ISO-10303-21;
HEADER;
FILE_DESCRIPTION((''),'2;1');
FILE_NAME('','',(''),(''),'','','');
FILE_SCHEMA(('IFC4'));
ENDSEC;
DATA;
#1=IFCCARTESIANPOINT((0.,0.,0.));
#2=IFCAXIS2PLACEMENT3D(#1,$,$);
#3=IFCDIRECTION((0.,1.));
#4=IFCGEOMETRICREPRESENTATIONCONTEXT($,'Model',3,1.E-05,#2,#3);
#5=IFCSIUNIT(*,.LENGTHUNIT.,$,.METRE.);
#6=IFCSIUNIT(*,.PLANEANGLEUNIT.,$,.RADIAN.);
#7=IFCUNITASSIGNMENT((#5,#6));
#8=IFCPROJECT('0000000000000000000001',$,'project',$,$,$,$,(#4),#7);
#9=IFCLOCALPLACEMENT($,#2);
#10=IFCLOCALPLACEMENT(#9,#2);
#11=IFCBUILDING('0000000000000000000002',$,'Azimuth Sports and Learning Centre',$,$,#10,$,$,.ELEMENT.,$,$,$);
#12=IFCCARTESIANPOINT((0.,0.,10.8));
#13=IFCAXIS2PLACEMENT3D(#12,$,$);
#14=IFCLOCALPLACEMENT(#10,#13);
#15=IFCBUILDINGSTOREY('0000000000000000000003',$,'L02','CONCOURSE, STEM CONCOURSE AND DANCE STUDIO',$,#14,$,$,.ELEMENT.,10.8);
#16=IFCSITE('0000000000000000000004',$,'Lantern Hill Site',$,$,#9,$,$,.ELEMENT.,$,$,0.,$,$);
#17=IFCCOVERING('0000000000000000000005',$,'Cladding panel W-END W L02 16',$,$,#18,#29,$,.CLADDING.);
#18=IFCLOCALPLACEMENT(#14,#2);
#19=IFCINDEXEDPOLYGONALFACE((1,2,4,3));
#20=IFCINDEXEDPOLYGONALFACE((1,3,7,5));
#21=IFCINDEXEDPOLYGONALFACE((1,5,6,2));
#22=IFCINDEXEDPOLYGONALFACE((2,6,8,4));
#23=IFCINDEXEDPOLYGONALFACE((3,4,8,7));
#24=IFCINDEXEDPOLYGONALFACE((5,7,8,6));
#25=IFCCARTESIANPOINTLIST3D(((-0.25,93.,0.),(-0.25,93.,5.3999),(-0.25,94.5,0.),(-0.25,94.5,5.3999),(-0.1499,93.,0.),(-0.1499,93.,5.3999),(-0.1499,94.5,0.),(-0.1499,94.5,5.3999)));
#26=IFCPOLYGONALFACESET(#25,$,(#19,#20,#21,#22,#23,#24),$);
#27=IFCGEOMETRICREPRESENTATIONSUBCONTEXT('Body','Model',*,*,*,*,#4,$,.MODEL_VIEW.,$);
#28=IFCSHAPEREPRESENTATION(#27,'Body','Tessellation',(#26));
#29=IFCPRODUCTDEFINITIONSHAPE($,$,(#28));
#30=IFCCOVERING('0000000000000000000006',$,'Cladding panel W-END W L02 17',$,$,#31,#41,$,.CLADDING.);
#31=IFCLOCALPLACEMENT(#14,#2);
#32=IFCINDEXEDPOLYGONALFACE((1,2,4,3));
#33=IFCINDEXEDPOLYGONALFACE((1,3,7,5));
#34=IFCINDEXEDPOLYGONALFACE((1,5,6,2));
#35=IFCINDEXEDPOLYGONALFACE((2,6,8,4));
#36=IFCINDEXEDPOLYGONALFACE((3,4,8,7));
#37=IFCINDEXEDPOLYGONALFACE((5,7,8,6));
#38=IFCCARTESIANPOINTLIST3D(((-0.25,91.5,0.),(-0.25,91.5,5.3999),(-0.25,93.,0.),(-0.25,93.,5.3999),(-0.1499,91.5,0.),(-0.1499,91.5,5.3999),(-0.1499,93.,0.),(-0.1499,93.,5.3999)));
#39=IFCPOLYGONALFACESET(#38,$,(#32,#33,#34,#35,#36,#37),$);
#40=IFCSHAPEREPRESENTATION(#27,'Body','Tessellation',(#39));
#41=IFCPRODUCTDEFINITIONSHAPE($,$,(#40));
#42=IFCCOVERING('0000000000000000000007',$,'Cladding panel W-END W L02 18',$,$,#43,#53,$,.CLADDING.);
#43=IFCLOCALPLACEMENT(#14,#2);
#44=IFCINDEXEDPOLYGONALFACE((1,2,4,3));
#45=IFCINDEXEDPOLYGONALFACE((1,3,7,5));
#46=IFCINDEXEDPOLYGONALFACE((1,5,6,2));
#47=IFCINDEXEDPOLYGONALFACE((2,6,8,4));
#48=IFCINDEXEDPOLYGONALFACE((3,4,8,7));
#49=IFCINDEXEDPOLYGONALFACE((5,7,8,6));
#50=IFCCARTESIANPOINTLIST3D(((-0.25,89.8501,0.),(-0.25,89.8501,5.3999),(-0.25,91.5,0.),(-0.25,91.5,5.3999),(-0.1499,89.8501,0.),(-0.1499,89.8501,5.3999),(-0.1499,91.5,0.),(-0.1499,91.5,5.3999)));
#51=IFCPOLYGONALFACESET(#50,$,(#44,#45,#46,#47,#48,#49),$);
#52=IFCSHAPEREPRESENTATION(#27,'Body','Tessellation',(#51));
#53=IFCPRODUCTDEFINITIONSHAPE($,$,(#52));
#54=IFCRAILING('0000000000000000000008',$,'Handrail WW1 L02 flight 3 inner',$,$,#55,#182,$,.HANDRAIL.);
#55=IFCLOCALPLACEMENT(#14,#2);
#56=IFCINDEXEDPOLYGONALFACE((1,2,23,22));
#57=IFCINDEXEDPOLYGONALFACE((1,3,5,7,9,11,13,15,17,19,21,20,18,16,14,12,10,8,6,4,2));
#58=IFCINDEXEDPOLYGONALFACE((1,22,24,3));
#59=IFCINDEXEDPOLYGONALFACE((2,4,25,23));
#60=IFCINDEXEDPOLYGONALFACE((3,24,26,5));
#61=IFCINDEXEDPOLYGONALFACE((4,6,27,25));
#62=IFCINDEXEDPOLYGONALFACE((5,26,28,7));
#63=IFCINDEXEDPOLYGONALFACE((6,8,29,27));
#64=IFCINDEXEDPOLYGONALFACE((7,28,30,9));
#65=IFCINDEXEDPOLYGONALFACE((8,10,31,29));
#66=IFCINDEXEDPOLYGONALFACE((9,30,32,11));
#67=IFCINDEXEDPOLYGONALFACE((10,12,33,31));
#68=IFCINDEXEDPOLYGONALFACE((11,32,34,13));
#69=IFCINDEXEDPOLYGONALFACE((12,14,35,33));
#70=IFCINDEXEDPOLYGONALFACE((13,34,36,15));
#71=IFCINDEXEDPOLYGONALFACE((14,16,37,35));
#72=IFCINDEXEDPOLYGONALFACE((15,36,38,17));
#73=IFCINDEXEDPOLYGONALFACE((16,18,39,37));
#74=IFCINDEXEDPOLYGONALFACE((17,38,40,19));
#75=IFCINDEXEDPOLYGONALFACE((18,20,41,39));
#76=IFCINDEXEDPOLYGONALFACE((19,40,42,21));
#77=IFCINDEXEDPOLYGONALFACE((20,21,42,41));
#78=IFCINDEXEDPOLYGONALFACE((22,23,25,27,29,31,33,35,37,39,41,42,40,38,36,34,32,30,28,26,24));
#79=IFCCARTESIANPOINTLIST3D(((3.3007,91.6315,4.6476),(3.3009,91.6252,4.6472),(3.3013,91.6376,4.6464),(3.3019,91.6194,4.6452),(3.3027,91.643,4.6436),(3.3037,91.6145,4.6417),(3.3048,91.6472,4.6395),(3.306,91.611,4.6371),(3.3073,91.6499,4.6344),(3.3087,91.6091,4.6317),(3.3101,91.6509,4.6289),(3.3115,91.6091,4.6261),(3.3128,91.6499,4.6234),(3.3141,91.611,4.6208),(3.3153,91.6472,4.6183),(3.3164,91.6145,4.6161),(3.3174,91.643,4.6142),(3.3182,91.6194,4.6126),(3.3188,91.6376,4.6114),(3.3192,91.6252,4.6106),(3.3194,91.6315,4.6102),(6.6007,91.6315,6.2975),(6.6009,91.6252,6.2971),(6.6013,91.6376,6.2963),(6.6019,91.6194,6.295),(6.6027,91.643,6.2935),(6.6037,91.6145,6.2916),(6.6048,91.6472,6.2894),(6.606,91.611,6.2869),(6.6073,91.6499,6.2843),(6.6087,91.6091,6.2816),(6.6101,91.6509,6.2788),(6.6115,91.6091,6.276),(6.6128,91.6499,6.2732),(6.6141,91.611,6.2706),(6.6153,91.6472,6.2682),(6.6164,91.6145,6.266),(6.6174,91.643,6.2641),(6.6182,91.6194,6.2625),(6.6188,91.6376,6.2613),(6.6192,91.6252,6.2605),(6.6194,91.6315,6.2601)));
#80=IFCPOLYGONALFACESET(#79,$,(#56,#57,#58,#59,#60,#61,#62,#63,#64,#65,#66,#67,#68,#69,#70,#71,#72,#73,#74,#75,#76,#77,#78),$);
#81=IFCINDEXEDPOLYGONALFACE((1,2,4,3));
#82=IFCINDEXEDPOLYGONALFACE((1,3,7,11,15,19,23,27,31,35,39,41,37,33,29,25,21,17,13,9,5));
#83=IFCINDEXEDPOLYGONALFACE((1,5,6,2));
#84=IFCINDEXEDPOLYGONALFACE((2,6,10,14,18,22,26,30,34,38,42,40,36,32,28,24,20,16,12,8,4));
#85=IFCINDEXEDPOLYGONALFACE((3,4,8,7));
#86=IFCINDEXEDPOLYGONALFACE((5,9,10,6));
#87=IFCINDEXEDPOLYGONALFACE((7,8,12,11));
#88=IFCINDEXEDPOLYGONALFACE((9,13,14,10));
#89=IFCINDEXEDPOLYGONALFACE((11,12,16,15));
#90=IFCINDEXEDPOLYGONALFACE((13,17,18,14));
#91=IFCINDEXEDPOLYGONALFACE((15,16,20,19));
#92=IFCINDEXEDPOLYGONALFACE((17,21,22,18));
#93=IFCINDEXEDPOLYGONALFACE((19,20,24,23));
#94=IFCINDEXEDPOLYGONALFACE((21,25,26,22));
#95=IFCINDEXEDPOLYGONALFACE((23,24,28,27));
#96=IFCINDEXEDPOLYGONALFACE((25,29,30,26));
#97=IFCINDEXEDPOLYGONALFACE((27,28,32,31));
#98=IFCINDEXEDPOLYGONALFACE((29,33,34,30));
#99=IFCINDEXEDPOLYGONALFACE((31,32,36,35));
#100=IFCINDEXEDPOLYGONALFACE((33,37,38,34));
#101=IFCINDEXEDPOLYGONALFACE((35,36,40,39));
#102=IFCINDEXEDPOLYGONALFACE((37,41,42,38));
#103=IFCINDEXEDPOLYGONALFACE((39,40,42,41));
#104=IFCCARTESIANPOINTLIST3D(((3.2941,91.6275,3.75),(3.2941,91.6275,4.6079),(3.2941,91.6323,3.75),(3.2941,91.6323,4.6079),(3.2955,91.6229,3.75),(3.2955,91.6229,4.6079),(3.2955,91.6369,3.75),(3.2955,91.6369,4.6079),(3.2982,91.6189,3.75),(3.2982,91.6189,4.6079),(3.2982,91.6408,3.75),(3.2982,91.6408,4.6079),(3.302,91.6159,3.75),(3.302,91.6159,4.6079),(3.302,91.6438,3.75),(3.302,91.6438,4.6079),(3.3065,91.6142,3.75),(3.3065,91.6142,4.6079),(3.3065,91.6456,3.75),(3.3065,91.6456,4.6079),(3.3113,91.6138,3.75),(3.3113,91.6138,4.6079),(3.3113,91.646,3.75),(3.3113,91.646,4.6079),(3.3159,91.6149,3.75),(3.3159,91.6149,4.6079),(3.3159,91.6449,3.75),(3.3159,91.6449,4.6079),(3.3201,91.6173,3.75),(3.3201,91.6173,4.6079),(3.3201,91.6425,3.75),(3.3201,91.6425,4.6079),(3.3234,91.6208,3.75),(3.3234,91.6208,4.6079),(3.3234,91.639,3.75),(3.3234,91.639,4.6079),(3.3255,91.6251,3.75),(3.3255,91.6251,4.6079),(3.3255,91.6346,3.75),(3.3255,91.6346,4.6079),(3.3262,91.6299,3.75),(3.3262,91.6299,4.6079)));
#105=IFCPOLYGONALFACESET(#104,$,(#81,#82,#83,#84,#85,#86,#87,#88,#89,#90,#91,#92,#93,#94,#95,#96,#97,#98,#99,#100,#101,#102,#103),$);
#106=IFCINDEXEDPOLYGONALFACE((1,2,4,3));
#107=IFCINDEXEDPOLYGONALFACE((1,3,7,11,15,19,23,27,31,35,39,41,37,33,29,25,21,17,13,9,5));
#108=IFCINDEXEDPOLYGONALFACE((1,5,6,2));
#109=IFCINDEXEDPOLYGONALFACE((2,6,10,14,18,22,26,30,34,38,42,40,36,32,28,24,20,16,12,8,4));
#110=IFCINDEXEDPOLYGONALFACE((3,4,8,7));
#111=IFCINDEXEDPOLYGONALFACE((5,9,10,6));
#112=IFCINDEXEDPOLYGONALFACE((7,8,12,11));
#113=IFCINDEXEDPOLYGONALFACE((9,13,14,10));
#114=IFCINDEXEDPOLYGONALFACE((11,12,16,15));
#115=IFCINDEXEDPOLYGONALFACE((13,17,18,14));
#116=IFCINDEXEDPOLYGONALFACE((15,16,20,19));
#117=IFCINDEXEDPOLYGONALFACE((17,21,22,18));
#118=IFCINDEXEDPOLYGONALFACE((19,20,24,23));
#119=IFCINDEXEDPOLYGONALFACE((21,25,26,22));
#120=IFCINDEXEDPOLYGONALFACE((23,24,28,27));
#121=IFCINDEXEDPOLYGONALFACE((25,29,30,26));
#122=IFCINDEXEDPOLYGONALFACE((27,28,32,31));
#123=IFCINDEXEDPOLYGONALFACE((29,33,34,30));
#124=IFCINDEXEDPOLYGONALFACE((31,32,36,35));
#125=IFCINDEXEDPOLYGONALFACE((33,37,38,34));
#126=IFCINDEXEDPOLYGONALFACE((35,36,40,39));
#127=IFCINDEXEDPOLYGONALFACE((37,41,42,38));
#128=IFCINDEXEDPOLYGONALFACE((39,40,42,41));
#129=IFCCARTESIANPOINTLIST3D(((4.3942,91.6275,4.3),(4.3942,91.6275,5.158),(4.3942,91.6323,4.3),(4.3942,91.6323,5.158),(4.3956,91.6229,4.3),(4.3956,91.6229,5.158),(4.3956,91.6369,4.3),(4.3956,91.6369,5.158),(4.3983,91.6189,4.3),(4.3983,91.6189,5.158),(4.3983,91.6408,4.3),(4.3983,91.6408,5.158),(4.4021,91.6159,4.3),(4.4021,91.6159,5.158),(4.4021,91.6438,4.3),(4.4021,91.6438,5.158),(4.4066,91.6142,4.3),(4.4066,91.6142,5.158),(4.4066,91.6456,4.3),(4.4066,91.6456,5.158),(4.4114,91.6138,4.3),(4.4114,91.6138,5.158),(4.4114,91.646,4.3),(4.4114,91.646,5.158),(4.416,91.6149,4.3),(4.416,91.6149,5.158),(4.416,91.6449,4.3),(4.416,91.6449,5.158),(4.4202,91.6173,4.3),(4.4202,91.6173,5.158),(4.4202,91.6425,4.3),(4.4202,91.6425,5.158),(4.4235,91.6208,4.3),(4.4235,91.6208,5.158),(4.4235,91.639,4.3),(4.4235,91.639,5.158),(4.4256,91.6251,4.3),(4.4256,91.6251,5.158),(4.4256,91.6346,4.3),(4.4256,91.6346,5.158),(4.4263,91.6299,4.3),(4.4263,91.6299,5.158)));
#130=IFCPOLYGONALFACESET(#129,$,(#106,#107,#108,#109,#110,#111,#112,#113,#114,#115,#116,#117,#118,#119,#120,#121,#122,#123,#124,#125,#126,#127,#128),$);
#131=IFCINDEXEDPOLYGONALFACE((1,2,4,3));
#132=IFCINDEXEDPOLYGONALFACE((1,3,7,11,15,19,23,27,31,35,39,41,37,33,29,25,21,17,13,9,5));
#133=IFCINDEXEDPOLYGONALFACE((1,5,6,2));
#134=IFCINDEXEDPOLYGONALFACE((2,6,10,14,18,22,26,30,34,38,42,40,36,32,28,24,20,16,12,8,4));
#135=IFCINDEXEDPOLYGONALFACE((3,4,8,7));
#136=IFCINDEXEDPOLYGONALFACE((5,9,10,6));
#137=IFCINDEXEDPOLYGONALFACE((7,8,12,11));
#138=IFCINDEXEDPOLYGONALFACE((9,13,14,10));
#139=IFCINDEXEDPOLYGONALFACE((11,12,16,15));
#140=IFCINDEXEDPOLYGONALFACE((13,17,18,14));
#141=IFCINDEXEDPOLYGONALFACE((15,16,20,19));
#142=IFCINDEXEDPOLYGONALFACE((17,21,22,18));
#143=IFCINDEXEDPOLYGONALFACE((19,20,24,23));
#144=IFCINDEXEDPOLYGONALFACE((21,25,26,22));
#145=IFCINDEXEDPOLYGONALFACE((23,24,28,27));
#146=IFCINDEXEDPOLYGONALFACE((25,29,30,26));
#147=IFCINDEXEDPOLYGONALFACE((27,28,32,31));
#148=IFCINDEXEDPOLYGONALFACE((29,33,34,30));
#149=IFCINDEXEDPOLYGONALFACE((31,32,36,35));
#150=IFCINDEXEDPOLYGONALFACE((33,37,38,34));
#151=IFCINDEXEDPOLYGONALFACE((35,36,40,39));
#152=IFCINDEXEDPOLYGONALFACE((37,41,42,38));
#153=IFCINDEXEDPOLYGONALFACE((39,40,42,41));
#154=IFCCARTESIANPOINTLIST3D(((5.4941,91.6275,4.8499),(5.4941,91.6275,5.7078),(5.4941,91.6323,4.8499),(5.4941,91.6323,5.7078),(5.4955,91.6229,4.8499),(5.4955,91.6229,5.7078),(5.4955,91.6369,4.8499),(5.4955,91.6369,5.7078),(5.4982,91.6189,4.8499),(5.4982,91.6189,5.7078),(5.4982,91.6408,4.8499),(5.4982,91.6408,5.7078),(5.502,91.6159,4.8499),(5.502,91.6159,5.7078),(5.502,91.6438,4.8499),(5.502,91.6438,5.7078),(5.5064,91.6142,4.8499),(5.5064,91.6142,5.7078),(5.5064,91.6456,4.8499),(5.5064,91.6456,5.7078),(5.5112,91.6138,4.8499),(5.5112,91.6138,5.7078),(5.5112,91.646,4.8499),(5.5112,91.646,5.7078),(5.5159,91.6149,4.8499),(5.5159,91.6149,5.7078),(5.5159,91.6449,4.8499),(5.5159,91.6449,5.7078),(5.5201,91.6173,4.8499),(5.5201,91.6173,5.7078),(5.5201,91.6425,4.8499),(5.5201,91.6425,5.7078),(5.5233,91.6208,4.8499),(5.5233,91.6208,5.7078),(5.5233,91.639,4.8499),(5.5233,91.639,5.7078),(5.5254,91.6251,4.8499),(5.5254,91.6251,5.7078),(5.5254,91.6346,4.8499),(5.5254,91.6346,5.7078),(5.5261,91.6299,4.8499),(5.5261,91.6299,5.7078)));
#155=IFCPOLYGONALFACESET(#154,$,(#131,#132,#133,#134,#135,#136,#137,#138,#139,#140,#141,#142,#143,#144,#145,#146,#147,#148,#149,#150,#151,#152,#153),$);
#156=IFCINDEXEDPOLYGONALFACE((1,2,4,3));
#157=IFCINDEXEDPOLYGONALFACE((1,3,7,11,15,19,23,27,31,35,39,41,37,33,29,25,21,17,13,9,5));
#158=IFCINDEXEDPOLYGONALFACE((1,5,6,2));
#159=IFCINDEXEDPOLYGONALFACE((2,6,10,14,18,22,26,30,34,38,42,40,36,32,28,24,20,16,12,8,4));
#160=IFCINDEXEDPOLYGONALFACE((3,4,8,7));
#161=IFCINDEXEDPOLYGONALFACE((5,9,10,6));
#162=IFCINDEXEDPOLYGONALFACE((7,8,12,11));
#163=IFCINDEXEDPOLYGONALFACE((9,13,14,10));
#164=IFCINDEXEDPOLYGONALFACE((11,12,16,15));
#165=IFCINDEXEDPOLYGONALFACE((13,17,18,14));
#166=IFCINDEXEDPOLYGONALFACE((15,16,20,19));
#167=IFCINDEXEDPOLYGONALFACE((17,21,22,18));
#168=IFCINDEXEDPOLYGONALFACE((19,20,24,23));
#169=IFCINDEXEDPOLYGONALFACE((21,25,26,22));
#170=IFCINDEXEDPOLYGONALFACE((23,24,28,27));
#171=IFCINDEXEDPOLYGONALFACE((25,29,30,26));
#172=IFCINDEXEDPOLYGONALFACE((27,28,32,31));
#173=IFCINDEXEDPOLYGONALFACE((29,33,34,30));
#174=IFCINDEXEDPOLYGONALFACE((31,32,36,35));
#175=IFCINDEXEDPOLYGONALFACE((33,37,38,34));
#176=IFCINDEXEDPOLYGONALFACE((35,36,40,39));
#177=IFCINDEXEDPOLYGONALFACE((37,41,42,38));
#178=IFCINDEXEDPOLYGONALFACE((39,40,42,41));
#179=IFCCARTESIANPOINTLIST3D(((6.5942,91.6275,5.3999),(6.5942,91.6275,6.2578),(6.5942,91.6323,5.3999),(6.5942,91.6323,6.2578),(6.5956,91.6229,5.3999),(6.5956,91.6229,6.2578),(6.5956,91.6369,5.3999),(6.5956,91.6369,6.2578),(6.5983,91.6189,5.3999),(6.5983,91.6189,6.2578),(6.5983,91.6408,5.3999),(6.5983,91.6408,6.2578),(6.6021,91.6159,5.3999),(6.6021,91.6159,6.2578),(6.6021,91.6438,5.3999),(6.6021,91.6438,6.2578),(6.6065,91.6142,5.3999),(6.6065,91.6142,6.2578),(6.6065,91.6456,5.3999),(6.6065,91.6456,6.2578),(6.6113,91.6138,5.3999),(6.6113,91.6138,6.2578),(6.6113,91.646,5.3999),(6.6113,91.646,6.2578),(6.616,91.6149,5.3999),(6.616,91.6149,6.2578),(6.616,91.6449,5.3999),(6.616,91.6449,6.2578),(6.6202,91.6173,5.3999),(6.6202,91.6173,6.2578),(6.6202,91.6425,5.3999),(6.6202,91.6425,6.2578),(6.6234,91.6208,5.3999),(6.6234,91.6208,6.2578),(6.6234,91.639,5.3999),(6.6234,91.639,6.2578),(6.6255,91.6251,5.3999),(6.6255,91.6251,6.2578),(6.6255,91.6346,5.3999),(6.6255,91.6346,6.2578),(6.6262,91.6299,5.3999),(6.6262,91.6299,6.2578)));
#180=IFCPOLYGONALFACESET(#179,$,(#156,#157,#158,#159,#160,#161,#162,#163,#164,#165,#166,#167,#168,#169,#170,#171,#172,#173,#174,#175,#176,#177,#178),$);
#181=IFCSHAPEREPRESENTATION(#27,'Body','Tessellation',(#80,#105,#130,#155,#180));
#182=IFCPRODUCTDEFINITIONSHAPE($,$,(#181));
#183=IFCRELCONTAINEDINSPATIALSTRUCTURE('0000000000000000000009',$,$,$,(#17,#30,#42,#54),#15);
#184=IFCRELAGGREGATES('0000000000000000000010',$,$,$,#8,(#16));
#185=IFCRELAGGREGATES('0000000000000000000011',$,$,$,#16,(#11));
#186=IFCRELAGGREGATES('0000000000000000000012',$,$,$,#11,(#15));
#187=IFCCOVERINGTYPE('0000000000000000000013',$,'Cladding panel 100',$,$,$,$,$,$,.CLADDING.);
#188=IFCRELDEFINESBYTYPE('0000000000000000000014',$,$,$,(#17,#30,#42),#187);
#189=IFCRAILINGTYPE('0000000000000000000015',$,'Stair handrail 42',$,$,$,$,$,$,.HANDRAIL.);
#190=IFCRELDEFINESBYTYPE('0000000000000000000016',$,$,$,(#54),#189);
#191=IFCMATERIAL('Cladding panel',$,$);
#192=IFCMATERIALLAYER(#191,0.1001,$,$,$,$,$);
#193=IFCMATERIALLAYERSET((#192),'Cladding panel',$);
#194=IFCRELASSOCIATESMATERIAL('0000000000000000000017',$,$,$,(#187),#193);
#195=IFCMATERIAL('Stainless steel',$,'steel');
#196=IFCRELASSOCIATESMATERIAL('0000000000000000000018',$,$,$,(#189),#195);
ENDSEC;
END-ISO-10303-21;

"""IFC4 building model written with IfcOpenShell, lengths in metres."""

from ifc_helpers import new_model, si_unit, direction, frame, origin, origin_2d, place, context, subcontext, project, spatial, rectangle, circle, extrude, material, layer, layer_set, type_object, element, save


model = new_model("IFC4")

# Units and contexts
model_context = context("Model", 3, precision=1e-05, world=origin(), true_north=direction((0.0, 1.0)))
body_context = subcontext(model_context, "Body", "Model", "MODEL_VIEW")
ifc_project = project(units=[si_unit("LENGTHUNIT", "METRE"), si_unit("PLANEANGLEUNIT", "RADIAN")], contexts=[model_context])

# Site, building, storey
site_placement = place(None, origin())
site = spatial("IfcSite", under=ifc_project, at=site_placement, Name="Lantern Hill Site", CompositionType="ELEMENT", RefElevation=0.0)
building_placement = place(site_placement, origin())
building = spatial("IfcBuilding", under=site, at=building_placement, Name="Azimuth Sports and Learning Centre", CompositionType="ELEMENT")
storey_placement = place(building_placement, frame((0.0, 0.0, 10.8)))
storey = spatial("IfcBuildingStorey", under=building, at=storey_placement, Name="L02", Description="CONCOURSE, STEM CONCOURSE AND DANCE STUDIO", CompositionType="ELEMENT", Elevation=10.8)

# Coverings
ifc_material_1 = material(Name="Cladding panel")
ifc_layer_1 = layer(ifc_material_1, 0.1001)
ifc_layer_set_1 = layer_set([ifc_layer_1], Name="Cladding panel")
covering_type = type_object("IfcCoveringType", Name="Cladding panel 100", PredefinedType="CLADDING", material=ifc_layer_set_1)
for number, where, z_axis, x_axis, name in (
    (1, (-0.2, 93.75, 0.0), (0.0, 0.0, 1.0), (0.0, -1.0, 0.0), "Cladding panel W-END W L02 16"),
    (2, (-0.2, 92.25, 0.0), (0.0, 0.0, 1.0), (0.0, -1.0, 0.0), "Cladding panel W-END W L02 17"),
):
    element("IfcCovering", number, at=place(storey_placement, frame(where, z_axis=z_axis, x_axis=x_axis)), inside=storey, type_object=covering_type, Name=name, PredefinedType="CLADDING", context=body_context, shape_type="SweptSolid", body=[
        extrude(rectangle(XDim=1.5, YDim=0.1001, at=origin_2d()), origin(), (0.0, 0.0, 1.0), 5.3999),
    ])
covering_1_placement = place(storey_placement, frame((-0.2, 90.675, 0.0), z_axis=(0.0, 0.0, 1.0), x_axis=(0.0, -1.0, 0.0)))
element("IfcCovering", 3, at=covering_1_placement, inside=storey, type_object=covering_type, Name="Cladding panel W-END W L02 18", PredefinedType="CLADDING", context=body_context, shape_type="SweptSolid", body=[
    extrude(rectangle(XDim=1.6499, YDim=0.1001, at=origin_2d()), origin(), (0.0, 0.0, 1.0), 5.3999),
])

# Railing
ifc_material_2 = material(Name="Stainless steel", Category="steel")
railing_type_1 = type_object("IfcRailingType", Name="Stair handrail 42", PredefinedType="HANDRAIL", material=ifc_material_2)
for number, where, name in (
    (4, (3.3101, 91.6299, 3.75), "Handrail WW1 L02 flight 3 inner"),
):
    element("IfcRailing", number, at=place(storey_placement, frame(where)), inside=storey, type_object=railing_type_1, Name=name, PredefinedType="HANDRAIL", context=body_context, shape_type="SweptSolid", body=[
        extrude(circle(Radius=0.021, at=origin_2d()), frame((0.0, 0.0, 0.8789), z_axis=(0.89444, 0.0, 0.447187), x_axis=(0.0, 1.0, 0.0)), (0.0, 0.0, 1.0), 3.6895),
        extrude(circle(Radius=0.0161, at=origin_2d()), origin(), (0.0, 0.0, 1.0), 0.8579),
        extrude(circle(Radius=0.0161, at=origin_2d()), frame((1.1001, 0.0, 0.55)), (0.0, 0.0, 1.0), 0.8579),
        extrude(circle(Radius=0.0161, at=origin_2d()), frame((2.2, 0.0, 1.0999)), (0.0, 0.0, 1.0), 0.8579),
        extrude(circle(Radius=0.0161, at=origin_2d()), frame((3.3, 0.0, 1.6499)), (0.0, 0.0, 1.0), 0.8579),
    ])

save(model, "model.ifc")
